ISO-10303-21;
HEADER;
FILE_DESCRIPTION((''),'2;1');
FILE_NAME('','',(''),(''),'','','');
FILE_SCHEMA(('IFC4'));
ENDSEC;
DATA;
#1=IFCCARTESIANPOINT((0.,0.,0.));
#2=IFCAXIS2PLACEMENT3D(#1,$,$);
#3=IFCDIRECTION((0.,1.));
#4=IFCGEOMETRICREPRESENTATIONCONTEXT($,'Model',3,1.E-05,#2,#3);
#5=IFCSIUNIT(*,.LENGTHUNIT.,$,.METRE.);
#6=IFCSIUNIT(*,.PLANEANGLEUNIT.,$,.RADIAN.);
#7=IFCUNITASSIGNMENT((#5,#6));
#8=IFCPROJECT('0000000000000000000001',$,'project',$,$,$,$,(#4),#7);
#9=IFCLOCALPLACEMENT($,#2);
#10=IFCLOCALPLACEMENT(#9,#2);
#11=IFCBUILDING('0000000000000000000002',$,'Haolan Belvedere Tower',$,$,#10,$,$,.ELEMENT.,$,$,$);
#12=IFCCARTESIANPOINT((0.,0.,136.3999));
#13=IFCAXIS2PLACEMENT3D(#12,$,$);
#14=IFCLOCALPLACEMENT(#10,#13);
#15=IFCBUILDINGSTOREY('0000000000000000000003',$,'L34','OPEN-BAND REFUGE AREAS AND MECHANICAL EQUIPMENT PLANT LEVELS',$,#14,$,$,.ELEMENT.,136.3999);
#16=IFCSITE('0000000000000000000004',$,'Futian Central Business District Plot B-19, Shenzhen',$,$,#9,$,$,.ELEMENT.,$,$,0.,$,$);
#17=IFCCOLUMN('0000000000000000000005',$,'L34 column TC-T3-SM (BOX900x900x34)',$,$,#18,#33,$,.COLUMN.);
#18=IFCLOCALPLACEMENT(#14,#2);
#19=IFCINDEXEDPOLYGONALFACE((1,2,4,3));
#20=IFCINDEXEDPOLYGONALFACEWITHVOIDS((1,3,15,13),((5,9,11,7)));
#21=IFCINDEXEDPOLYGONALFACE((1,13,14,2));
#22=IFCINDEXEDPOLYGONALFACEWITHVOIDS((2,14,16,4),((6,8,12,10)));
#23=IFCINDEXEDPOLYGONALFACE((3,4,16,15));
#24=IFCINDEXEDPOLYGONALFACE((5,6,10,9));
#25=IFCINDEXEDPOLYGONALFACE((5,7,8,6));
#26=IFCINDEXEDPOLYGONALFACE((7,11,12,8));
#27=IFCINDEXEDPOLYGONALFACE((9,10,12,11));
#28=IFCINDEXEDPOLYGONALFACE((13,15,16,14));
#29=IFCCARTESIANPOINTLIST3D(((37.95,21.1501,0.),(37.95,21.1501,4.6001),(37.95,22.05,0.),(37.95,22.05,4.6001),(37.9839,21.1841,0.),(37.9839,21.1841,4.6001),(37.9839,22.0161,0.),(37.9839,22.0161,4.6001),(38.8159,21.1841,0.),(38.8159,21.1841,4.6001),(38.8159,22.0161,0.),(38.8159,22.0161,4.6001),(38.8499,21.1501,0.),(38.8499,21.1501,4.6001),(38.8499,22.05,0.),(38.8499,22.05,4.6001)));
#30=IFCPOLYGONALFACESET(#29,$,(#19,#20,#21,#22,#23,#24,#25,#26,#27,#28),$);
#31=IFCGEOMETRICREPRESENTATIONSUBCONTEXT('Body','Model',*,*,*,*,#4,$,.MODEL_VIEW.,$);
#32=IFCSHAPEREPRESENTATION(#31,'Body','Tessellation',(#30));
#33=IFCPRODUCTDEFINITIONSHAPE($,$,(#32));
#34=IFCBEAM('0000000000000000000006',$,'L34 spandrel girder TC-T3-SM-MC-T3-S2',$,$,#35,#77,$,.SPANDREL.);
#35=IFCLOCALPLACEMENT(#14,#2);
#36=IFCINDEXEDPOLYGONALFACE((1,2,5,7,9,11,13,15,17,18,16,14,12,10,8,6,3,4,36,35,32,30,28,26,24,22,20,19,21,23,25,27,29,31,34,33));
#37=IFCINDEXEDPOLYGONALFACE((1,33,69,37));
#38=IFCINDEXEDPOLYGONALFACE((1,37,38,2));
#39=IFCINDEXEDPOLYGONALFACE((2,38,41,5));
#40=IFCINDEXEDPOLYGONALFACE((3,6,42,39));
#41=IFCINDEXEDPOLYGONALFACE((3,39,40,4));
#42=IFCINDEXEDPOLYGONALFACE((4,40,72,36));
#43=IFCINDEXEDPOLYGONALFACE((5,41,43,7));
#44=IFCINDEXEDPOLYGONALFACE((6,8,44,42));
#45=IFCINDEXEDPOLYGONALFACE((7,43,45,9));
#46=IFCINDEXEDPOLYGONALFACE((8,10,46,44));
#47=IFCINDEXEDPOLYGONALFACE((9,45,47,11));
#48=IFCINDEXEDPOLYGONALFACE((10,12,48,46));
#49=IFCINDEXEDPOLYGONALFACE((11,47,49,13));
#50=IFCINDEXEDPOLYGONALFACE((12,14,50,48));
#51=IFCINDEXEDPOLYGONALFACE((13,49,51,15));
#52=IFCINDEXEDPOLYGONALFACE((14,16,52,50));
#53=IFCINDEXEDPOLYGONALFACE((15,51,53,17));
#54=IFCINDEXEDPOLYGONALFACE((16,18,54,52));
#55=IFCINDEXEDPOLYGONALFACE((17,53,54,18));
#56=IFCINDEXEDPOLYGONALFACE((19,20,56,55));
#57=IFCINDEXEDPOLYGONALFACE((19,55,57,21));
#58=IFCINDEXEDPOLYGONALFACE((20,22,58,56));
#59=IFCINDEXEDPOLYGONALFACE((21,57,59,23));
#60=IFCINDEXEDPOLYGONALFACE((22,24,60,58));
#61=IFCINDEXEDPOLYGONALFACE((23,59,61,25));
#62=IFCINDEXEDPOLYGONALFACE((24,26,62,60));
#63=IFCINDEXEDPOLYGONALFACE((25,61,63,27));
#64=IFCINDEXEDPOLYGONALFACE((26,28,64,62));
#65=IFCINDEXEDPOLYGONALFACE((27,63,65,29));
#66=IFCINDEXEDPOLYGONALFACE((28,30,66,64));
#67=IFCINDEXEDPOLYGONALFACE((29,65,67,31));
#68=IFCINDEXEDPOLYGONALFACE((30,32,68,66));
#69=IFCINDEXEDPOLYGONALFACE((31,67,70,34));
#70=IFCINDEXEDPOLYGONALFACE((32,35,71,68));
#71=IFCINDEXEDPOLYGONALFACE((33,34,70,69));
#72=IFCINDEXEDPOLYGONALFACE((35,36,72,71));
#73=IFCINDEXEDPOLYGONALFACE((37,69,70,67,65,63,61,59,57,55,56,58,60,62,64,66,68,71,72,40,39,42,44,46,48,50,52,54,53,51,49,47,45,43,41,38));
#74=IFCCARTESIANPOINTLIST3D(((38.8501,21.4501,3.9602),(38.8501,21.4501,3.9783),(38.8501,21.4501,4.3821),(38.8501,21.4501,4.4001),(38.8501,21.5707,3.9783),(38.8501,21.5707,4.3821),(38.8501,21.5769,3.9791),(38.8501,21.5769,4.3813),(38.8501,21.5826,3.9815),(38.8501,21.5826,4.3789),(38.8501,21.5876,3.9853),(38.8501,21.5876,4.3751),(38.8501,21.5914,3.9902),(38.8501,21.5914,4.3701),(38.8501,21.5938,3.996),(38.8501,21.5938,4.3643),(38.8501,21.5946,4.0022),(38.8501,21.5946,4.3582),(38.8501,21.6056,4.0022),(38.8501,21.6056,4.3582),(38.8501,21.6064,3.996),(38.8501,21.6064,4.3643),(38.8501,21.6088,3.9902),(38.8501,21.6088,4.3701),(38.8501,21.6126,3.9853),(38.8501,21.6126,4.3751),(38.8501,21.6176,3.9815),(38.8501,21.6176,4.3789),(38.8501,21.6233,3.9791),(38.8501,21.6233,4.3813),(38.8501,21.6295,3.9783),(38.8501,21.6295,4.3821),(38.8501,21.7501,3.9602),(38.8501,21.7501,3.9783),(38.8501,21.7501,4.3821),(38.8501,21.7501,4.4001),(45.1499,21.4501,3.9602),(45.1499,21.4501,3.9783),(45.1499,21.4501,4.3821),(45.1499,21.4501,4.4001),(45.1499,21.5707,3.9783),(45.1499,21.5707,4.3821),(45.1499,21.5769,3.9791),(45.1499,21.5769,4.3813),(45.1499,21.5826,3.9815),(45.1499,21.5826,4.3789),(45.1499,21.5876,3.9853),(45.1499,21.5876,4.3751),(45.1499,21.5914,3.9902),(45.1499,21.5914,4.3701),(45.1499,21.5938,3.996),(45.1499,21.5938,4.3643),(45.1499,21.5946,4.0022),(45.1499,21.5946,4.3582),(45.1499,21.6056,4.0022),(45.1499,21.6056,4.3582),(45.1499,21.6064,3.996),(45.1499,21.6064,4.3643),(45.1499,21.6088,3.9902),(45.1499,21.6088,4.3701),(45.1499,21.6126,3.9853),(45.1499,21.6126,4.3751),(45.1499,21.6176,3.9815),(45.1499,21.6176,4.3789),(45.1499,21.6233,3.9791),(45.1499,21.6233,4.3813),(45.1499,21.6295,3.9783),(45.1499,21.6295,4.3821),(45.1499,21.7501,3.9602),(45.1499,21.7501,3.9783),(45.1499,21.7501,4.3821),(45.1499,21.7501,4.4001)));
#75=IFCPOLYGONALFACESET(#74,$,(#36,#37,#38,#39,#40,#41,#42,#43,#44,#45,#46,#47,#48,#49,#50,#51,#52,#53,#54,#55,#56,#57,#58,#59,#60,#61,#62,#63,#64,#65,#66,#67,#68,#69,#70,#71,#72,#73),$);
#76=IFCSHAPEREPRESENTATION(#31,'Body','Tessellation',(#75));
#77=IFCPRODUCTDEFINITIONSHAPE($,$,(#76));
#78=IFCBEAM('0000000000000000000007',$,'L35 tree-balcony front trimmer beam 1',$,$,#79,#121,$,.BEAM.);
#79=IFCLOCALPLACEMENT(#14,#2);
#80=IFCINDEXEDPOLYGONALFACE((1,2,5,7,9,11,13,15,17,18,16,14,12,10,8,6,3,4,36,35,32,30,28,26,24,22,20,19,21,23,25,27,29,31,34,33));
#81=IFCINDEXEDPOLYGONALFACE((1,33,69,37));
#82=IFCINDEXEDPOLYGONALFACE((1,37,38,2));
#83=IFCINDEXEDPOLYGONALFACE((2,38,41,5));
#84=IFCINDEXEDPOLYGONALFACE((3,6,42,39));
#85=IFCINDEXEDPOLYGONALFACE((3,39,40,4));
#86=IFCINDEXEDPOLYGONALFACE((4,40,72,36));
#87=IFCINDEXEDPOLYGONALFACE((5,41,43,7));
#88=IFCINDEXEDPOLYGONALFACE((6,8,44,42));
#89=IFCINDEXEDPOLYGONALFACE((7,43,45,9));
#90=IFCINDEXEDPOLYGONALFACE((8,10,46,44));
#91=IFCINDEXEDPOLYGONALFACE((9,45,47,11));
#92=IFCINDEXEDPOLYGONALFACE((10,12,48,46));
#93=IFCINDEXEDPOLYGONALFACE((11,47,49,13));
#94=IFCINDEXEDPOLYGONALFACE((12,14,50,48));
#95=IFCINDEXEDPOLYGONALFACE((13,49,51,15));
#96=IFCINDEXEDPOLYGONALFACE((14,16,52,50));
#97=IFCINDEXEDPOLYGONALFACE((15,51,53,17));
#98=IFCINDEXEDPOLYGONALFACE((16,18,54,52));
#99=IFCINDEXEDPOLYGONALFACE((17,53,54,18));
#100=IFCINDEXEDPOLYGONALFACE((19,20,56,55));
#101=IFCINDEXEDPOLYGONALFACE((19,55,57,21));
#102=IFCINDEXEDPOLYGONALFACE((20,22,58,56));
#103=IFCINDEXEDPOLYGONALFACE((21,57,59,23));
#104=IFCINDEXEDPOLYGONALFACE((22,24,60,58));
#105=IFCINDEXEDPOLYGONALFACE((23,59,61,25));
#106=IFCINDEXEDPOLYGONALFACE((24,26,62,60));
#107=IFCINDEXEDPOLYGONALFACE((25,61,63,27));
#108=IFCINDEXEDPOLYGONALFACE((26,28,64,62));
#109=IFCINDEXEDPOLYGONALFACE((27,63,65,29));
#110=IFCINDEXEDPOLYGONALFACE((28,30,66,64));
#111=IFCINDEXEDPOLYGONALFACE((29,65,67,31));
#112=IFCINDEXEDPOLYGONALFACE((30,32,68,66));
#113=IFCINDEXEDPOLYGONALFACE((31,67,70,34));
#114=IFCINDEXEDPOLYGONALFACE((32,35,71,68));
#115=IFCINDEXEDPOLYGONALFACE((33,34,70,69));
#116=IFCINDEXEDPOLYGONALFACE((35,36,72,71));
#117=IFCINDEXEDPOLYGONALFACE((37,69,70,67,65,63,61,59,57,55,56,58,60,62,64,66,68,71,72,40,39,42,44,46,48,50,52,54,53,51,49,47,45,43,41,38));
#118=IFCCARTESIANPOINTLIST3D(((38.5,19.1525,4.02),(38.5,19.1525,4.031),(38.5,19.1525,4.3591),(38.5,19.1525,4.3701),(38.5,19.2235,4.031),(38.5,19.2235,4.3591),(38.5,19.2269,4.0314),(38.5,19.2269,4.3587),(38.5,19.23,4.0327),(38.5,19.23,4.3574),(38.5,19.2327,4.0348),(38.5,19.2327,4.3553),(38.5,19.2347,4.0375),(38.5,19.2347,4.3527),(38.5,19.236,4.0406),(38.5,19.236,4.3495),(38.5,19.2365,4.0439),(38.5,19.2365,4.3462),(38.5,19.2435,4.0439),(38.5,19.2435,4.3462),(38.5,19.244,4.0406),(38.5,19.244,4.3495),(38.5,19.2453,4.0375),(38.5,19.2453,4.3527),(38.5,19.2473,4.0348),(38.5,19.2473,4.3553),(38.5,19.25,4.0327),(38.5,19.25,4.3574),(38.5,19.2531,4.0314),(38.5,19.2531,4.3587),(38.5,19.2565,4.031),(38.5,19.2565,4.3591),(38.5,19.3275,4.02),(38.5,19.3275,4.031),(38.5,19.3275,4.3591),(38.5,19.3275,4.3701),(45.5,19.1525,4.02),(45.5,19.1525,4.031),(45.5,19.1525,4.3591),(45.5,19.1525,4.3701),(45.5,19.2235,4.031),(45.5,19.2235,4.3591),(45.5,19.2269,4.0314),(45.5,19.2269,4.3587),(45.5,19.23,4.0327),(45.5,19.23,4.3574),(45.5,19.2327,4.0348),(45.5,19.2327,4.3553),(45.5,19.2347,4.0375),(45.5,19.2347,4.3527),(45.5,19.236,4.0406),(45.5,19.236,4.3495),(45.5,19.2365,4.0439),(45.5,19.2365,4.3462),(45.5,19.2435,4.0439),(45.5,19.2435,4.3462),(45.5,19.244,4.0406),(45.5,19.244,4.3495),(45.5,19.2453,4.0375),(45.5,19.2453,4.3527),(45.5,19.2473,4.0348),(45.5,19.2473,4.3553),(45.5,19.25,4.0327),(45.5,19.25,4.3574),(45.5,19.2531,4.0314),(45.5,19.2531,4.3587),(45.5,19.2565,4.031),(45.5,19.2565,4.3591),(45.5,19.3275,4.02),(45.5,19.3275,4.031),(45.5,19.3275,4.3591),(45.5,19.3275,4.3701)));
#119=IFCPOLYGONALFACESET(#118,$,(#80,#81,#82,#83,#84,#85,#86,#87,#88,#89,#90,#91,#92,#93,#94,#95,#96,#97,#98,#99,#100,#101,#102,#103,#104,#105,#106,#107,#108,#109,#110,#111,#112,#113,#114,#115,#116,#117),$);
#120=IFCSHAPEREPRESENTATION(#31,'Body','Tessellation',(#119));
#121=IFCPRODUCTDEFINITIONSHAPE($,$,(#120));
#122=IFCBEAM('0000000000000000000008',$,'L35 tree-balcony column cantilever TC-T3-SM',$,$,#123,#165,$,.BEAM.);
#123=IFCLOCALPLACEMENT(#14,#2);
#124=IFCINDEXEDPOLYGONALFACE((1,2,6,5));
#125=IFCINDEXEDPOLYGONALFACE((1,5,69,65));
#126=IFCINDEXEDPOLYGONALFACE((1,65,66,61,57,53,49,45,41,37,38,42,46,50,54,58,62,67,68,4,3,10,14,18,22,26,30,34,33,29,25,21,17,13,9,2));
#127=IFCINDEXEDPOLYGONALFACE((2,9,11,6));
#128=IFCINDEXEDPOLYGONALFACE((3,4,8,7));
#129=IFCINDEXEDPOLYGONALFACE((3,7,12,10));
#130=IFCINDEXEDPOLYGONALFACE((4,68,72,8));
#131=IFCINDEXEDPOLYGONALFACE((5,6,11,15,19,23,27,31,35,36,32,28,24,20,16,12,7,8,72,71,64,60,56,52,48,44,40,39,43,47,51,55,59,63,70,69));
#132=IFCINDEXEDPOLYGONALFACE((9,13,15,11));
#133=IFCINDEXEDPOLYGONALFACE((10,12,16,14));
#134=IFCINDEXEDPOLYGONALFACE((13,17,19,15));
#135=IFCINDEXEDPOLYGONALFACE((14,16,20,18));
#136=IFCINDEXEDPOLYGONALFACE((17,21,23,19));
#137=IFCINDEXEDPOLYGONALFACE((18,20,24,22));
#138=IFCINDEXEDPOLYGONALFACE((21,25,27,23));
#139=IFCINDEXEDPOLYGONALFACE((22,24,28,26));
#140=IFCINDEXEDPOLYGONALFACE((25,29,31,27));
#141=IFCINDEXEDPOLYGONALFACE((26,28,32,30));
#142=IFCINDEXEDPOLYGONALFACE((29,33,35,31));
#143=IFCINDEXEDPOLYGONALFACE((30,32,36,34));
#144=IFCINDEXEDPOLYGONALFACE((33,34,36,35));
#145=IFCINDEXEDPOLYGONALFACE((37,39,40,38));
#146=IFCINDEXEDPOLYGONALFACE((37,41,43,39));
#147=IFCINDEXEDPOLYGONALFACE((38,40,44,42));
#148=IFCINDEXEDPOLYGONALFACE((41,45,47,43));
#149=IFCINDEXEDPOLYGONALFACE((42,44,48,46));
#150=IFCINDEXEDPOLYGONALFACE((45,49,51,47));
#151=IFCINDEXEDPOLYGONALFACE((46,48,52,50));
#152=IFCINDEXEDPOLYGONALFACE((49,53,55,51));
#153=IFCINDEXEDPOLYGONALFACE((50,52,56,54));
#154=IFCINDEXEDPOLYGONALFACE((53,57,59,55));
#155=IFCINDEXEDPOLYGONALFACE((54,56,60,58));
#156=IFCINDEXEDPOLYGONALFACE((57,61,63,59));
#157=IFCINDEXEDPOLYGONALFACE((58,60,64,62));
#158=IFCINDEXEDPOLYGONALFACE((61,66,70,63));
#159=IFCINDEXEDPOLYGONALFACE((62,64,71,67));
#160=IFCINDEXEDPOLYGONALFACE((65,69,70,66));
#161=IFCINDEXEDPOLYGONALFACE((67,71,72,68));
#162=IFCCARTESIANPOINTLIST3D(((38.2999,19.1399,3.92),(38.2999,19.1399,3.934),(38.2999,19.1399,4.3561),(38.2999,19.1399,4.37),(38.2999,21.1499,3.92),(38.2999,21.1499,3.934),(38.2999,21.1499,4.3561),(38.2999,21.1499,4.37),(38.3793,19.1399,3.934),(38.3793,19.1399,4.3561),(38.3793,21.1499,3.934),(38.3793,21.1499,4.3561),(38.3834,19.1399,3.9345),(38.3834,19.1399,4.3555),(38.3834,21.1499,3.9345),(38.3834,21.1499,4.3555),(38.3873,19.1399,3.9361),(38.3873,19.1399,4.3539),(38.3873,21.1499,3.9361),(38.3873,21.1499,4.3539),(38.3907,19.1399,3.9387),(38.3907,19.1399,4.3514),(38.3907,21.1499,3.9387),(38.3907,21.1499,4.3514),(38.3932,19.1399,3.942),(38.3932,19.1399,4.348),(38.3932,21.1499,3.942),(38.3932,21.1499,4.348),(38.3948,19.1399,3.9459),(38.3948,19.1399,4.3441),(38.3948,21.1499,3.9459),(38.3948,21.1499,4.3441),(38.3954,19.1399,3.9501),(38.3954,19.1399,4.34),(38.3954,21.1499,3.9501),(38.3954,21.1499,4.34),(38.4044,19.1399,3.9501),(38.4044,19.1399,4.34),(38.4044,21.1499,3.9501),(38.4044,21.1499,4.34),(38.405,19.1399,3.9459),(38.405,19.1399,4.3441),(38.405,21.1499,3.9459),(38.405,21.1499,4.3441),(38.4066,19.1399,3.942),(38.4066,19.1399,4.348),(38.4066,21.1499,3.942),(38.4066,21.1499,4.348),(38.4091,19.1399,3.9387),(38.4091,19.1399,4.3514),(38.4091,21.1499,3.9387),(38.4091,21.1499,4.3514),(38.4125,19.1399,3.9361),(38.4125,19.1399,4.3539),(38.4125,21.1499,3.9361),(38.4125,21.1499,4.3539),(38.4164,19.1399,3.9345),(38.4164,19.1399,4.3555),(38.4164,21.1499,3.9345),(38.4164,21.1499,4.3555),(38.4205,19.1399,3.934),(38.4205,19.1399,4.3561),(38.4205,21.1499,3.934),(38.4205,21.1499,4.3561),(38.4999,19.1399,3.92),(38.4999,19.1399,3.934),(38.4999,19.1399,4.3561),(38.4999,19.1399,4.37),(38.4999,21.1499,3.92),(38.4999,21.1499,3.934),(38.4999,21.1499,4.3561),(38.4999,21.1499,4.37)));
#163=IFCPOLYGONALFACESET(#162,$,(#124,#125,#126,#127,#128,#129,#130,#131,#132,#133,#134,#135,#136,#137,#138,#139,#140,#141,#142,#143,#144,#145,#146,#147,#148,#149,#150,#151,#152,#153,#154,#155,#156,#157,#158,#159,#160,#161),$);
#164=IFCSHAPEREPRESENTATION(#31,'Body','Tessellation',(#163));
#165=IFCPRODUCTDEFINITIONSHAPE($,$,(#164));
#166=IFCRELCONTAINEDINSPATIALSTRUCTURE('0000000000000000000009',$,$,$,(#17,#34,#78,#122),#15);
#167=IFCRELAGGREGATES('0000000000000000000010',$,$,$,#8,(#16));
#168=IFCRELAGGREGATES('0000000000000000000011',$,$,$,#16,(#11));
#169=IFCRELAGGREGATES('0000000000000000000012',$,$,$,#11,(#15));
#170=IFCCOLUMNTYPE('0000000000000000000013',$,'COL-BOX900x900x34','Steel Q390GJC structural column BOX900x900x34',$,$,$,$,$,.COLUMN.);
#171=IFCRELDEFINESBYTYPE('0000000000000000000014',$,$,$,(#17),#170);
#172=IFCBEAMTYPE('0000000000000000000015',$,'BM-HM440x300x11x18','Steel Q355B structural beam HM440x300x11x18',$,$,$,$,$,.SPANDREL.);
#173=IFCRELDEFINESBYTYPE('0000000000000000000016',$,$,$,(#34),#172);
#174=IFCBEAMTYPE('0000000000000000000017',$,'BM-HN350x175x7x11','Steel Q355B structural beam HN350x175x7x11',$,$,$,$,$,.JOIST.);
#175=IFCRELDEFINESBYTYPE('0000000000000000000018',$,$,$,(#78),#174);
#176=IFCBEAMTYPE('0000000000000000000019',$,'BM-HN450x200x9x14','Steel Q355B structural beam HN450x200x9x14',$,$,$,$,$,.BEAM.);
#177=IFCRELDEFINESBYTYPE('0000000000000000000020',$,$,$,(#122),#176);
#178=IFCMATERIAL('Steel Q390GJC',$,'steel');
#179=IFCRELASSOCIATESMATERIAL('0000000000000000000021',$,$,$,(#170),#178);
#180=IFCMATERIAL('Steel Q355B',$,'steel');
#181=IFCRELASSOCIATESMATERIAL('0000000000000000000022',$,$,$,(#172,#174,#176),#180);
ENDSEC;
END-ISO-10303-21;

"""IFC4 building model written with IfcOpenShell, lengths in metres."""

from ifc_helpers import new_model, si_unit, direction, frame, origin, origin_2d, place, context, subcontext, project, spatial, hollow_rectangle, i_section, extrude, material, material_profile, profile_set, type_object, element, save


model = new_model("IFC4")

# Units and contexts
model_context = context("Model", 3, precision=1e-05, world=origin(), true_north=direction((0.0, 1.0)))
body_context = subcontext(model_context, "Body", "Model", "MODEL_VIEW")
ifc_project = project(units=[si_unit("LENGTHUNIT", "METRE"), si_unit("PLANEANGLEUNIT", "RADIAN")], contexts=[model_context])

# Site, building, storey
site_placement = place(None, origin())
site = spatial("IfcSite", under=ifc_project, at=site_placement, Name="Futian Central Business District Plot B-19, Shenzhen", CompositionType="ELEMENT", RefElevation=0.0)
building_placement = place(site_placement, origin())
building = spatial("IfcBuilding", under=site, at=building_placement, Name="Haolan Belvedere Tower", CompositionType="ELEMENT")
storey_placement = place(building_placement, frame((0.0, 0.0, 136.3999)))
storey = spatial("IfcBuildingStorey", under=building, at=storey_placement, Name="L34", Description="OPEN-BAND REFUGE AREAS AND MECHANICAL EQUIPMENT PLANT LEVELS", CompositionType="ELEMENT", Elevation=136.3999)

# Column
ifc_material_1 = material(Name="Steel Q390GJC", Category="steel")
ifc_material_profile_1 = material_profile(ifc_material_1, hollow_rectangle(XDim=0.8999, YDim=0.8999, WallThickness=0.0339, at=origin_2d()), Name="Steel Q390GJC")
ifc_profile_set_1 = profile_set([ifc_material_profile_1], Name="Steel Q390GJC")
column_type = type_object("IfcColumnType", Name="COL-BOX900x900x34", Description="Steel Q390GJC structural column BOX900x900x34", PredefinedType="COLUMN", material=ifc_profile_set_1)
column_placement = place(storey_placement, frame((38.3999, 21.6001, 0.0), z_axis=(0.0, 0.0, 1.0), x_axis=(1.0, 0.0, 0.0)))
element("IfcColumn", 1, at=column_placement, inside=storey, type_object=column_type, Name="L34 column TC-T3-SM (BOX900x900x34)", PredefinedType="COLUMN", context=body_context, shape_type="SweptSolid", body=[
    extrude(hollow_rectangle(XDim=0.8999, YDim=0.8999, WallThickness=0.0339, at=origin_2d()), origin(), (0.0, 0.0, 1.0), 4.6001),
])

# Beams
ifc_material_2 = material(Name="Steel Q355B", Category="steel")
ifc_material_profile_2 = material_profile(ifc_material_2, i_section(OverallWidth=0.3, OverallDepth=0.4399, WebThickness=0.011, FlangeThickness=0.0181, FilletRadius=0.0239, at=origin_2d()), Name="Steel Q355B")
ifc_profile_set_2 = profile_set([ifc_material_profile_2], Name="Steel Q355B")
beam_type_1 = type_object("IfcBeamType", Name="BM-HM440x300x11x18", Description="Steel Q355B structural beam HM440x300x11x18", PredefinedType="SPANDREL", material=ifc_profile_set_2)
beam_1_placement = place(storey_placement, frame((38.8501, 21.6001, 4.1802), z_axis=(1.0, 0.0, 0.0), x_axis=(0.0, 1.0, 0.0)))
element("IfcBeam", 2, at=beam_1_placement, inside=storey, type_object=beam_type_1, Name="L34 spandrel girder TC-T3-SM-MC-T3-S2", PredefinedType="SPANDREL", context=body_context, shape_type="SweptSolid", body=[
    extrude(i_section(OverallWidth=0.3, OverallDepth=0.4399, WebThickness=0.011, FlangeThickness=0.0181, FilletRadius=0.0239, at=origin_2d()), origin(), (0.0, 0.0, 1.0), 6.2998),
])
ifc_material_profile_3 = material_profile(ifc_material_2, i_section(OverallWidth=0.175, OverallDepth=0.3501, WebThickness=0.0071, FlangeThickness=0.011, FilletRadius=0.0129, at=origin_2d()), Name="Steel Q355B")
ifc_profile_set_3 = profile_set([ifc_material_profile_3], Name="Steel Q355B")
beam_type_2 = type_object("IfcBeamType", Name="BM-HN350x175x7x11", Description="Steel Q355B structural beam HN350x175x7x11", PredefinedType="JOIST", material=ifc_profile_set_3)
beam_2_placement = place(storey_placement, frame((38.5, 19.24, 4.1951), z_axis=(1.0, 0.0, 0.0), x_axis=(0.0, 1.0, 0.0)))
element("IfcBeam", 3, at=beam_2_placement, inside=storey, type_object=beam_type_2, Name="L35 tree-balcony front trimmer beam 1", PredefinedType="BEAM", context=body_context, shape_type="SweptSolid", body=[
    extrude(i_section(OverallWidth=0.175, OverallDepth=0.3501, WebThickness=0.0071, FlangeThickness=0.011, FilletRadius=0.0129, at=origin_2d()), origin(), (0.0, 0.0, 1.0), 7.0),
])
ifc_material_profile_4 = material_profile(ifc_material_2, i_section(OverallWidth=0.2, OverallDepth=0.45, WebThickness=0.009, FlangeThickness=0.0139, FilletRadius=0.0161, at=origin_2d()), Name="Steel Q355B")
ifc_profile_set_4 = profile_set([ifc_material_profile_4], Name="Steel Q355B")
beam_type_3 = type_object("IfcBeamType", Name="BM-HN450x200x9x14", Description="Steel Q355B structural beam HN450x200x9x14", PredefinedType="BEAM", material=ifc_profile_set_4)
beam_3_placement = place(storey_placement, frame((38.3999, 21.1499, 4.145), z_axis=(0.0, -1.0, 0.0), x_axis=(1.0, 0.0, 0.0)))
element("IfcBeam", 4, at=beam_3_placement, inside=storey, type_object=beam_type_3, Name="L35 tree-balcony column cantilever TC-T3-SM", PredefinedType="BEAM", context=body_context, shape_type="SweptSolid", body=[
    extrude(i_section(OverallWidth=0.2, OverallDepth=0.45, WebThickness=0.009, FlangeThickness=0.0139, FilletRadius=0.0161, at=origin_2d()), origin(), (0.0, 0.0, 1.0), 2.01),
])

save(model, "model.ifc")
